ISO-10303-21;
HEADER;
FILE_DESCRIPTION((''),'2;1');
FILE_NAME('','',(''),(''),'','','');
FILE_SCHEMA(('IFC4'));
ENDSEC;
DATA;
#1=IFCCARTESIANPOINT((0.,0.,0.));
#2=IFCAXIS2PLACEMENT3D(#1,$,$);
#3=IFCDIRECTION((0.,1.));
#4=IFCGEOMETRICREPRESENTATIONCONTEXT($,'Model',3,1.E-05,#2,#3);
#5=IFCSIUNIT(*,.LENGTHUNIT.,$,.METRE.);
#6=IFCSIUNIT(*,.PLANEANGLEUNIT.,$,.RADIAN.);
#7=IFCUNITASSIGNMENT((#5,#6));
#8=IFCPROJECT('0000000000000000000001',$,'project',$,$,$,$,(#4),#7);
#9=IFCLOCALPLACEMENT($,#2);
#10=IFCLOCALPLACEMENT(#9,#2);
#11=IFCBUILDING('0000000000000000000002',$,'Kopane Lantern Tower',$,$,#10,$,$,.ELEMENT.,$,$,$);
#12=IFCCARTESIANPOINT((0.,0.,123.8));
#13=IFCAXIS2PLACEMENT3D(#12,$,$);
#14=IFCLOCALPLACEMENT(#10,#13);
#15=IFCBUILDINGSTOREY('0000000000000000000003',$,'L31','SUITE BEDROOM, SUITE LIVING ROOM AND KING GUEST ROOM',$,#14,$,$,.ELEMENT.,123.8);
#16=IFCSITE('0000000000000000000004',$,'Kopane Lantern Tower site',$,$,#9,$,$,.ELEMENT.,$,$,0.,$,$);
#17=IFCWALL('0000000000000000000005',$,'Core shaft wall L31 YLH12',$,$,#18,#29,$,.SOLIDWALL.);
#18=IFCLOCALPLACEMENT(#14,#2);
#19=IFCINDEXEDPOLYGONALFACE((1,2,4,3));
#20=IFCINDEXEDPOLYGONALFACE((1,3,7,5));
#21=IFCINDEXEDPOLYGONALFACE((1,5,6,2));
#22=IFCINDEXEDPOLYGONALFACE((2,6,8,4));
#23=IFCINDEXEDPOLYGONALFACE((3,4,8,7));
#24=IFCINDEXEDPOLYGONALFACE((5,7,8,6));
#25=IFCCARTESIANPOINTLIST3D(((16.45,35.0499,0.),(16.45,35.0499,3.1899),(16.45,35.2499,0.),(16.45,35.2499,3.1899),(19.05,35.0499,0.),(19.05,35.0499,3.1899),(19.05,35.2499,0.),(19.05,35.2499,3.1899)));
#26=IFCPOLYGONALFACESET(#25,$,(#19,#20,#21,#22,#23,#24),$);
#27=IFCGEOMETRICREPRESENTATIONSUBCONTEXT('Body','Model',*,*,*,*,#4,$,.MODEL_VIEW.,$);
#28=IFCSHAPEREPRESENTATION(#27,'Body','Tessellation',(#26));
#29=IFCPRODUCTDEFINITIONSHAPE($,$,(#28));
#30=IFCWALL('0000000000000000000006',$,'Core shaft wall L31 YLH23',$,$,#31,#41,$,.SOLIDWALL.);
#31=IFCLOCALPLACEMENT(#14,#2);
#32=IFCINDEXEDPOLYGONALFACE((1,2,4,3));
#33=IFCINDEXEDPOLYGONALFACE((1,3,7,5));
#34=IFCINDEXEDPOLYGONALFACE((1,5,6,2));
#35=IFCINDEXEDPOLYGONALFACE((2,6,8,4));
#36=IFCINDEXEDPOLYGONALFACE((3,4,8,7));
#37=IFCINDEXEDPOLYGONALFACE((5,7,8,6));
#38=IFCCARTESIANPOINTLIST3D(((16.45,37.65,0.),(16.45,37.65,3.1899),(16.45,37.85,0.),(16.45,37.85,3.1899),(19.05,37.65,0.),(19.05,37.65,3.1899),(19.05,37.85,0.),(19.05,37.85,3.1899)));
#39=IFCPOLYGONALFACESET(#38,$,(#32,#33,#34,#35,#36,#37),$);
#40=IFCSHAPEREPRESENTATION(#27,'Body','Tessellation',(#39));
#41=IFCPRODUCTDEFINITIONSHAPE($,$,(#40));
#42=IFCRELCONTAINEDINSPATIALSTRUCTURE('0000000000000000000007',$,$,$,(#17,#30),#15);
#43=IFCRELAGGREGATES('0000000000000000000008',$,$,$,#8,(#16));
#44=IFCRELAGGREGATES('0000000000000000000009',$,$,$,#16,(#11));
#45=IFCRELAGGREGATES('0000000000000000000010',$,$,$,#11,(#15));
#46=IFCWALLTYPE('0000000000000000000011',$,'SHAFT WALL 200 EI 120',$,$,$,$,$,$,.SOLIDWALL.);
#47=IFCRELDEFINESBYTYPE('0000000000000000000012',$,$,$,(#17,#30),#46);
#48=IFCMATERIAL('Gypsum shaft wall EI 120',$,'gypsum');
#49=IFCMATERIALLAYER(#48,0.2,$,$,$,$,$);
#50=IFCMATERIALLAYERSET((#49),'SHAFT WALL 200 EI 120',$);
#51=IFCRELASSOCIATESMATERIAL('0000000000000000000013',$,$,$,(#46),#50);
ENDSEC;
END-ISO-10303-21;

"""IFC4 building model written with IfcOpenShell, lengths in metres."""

from ifc_helpers import new_model, si_unit, direction, frame, frame_2d, origin, place, context, subcontext, project, spatial, rectangle, extrude, material, layer, layer_set, type_object, element, save


model = new_model("IFC4")

# Units and contexts
model_context = context("Model", 3, precision=1e-05, world=origin(), true_north=direction((0.0, 1.0)))
body_context = subcontext(model_context, "Body", "Model", "MODEL_VIEW")
ifc_project = project(units=[si_unit("LENGTHUNIT", "METRE"), si_unit("PLANEANGLEUNIT", "RADIAN")], contexts=[model_context])

# Site, building, storey
site_placement = place(None, origin())
site = spatial("IfcSite", under=ifc_project, at=site_placement, Name="Kopane Lantern Tower site", CompositionType="ELEMENT", RefElevation=0.0)
building_placement = place(site_placement, origin())
building = spatial("IfcBuilding", under=site, at=building_placement, Name="Kopane Lantern Tower", CompositionType="ELEMENT")
storey_placement = place(building_placement, frame((0.0, 0.0, 123.8)))
storey = spatial("IfcBuildingStorey", under=building, at=storey_placement, Name="L31", Description="SUITE BEDROOM, SUITE LIVING ROOM AND KING GUEST ROOM", CompositionType="ELEMENT", Elevation=123.8)

# Walls
ifc_material_1 = material(Name="Gypsum shaft wall EI 120", Category="gypsum")
ifc_layer_1 = layer(ifc_material_1, 0.2)
ifc_layer_set_1 = layer_set([ifc_layer_1], Name="SHAFT WALL 200 EI 120")
wall_type_1 = type_object("IfcWallType", Name="SHAFT WALL 200 EI 120", PredefinedType="SOLIDWALL", material=ifc_layer_set_1)
for number, where, z_axis, x_axis, name in (
    (1, (16.45, 35.1499, 0.0), (0.0, 0.0, 1.0), (1.0, 0.0, 0.0), "Core shaft wall L31 YLH12"),
    (2, (16.45, 37.75, 0.0), (0.0, 0.0, 1.0), (1.0, 0.0, 0.0), "Core shaft wall L31 YLH23"),
):
    element("IfcWall", number, at=place(storey_placement, frame(where, z_axis=z_axis, x_axis=x_axis)), inside=storey, type_object=wall_type_1, Name=name, PredefinedType="SOLIDWALL", context=body_context, shape_type="SweptSolid", body=[
        extrude(rectangle(XDim=2.6001, YDim=0.2, at=frame_2d((1.3, 0.0))), origin(), (0.0, 0.0, 1.0), 3.1899),
    ])

save(model, "model.ifc")
